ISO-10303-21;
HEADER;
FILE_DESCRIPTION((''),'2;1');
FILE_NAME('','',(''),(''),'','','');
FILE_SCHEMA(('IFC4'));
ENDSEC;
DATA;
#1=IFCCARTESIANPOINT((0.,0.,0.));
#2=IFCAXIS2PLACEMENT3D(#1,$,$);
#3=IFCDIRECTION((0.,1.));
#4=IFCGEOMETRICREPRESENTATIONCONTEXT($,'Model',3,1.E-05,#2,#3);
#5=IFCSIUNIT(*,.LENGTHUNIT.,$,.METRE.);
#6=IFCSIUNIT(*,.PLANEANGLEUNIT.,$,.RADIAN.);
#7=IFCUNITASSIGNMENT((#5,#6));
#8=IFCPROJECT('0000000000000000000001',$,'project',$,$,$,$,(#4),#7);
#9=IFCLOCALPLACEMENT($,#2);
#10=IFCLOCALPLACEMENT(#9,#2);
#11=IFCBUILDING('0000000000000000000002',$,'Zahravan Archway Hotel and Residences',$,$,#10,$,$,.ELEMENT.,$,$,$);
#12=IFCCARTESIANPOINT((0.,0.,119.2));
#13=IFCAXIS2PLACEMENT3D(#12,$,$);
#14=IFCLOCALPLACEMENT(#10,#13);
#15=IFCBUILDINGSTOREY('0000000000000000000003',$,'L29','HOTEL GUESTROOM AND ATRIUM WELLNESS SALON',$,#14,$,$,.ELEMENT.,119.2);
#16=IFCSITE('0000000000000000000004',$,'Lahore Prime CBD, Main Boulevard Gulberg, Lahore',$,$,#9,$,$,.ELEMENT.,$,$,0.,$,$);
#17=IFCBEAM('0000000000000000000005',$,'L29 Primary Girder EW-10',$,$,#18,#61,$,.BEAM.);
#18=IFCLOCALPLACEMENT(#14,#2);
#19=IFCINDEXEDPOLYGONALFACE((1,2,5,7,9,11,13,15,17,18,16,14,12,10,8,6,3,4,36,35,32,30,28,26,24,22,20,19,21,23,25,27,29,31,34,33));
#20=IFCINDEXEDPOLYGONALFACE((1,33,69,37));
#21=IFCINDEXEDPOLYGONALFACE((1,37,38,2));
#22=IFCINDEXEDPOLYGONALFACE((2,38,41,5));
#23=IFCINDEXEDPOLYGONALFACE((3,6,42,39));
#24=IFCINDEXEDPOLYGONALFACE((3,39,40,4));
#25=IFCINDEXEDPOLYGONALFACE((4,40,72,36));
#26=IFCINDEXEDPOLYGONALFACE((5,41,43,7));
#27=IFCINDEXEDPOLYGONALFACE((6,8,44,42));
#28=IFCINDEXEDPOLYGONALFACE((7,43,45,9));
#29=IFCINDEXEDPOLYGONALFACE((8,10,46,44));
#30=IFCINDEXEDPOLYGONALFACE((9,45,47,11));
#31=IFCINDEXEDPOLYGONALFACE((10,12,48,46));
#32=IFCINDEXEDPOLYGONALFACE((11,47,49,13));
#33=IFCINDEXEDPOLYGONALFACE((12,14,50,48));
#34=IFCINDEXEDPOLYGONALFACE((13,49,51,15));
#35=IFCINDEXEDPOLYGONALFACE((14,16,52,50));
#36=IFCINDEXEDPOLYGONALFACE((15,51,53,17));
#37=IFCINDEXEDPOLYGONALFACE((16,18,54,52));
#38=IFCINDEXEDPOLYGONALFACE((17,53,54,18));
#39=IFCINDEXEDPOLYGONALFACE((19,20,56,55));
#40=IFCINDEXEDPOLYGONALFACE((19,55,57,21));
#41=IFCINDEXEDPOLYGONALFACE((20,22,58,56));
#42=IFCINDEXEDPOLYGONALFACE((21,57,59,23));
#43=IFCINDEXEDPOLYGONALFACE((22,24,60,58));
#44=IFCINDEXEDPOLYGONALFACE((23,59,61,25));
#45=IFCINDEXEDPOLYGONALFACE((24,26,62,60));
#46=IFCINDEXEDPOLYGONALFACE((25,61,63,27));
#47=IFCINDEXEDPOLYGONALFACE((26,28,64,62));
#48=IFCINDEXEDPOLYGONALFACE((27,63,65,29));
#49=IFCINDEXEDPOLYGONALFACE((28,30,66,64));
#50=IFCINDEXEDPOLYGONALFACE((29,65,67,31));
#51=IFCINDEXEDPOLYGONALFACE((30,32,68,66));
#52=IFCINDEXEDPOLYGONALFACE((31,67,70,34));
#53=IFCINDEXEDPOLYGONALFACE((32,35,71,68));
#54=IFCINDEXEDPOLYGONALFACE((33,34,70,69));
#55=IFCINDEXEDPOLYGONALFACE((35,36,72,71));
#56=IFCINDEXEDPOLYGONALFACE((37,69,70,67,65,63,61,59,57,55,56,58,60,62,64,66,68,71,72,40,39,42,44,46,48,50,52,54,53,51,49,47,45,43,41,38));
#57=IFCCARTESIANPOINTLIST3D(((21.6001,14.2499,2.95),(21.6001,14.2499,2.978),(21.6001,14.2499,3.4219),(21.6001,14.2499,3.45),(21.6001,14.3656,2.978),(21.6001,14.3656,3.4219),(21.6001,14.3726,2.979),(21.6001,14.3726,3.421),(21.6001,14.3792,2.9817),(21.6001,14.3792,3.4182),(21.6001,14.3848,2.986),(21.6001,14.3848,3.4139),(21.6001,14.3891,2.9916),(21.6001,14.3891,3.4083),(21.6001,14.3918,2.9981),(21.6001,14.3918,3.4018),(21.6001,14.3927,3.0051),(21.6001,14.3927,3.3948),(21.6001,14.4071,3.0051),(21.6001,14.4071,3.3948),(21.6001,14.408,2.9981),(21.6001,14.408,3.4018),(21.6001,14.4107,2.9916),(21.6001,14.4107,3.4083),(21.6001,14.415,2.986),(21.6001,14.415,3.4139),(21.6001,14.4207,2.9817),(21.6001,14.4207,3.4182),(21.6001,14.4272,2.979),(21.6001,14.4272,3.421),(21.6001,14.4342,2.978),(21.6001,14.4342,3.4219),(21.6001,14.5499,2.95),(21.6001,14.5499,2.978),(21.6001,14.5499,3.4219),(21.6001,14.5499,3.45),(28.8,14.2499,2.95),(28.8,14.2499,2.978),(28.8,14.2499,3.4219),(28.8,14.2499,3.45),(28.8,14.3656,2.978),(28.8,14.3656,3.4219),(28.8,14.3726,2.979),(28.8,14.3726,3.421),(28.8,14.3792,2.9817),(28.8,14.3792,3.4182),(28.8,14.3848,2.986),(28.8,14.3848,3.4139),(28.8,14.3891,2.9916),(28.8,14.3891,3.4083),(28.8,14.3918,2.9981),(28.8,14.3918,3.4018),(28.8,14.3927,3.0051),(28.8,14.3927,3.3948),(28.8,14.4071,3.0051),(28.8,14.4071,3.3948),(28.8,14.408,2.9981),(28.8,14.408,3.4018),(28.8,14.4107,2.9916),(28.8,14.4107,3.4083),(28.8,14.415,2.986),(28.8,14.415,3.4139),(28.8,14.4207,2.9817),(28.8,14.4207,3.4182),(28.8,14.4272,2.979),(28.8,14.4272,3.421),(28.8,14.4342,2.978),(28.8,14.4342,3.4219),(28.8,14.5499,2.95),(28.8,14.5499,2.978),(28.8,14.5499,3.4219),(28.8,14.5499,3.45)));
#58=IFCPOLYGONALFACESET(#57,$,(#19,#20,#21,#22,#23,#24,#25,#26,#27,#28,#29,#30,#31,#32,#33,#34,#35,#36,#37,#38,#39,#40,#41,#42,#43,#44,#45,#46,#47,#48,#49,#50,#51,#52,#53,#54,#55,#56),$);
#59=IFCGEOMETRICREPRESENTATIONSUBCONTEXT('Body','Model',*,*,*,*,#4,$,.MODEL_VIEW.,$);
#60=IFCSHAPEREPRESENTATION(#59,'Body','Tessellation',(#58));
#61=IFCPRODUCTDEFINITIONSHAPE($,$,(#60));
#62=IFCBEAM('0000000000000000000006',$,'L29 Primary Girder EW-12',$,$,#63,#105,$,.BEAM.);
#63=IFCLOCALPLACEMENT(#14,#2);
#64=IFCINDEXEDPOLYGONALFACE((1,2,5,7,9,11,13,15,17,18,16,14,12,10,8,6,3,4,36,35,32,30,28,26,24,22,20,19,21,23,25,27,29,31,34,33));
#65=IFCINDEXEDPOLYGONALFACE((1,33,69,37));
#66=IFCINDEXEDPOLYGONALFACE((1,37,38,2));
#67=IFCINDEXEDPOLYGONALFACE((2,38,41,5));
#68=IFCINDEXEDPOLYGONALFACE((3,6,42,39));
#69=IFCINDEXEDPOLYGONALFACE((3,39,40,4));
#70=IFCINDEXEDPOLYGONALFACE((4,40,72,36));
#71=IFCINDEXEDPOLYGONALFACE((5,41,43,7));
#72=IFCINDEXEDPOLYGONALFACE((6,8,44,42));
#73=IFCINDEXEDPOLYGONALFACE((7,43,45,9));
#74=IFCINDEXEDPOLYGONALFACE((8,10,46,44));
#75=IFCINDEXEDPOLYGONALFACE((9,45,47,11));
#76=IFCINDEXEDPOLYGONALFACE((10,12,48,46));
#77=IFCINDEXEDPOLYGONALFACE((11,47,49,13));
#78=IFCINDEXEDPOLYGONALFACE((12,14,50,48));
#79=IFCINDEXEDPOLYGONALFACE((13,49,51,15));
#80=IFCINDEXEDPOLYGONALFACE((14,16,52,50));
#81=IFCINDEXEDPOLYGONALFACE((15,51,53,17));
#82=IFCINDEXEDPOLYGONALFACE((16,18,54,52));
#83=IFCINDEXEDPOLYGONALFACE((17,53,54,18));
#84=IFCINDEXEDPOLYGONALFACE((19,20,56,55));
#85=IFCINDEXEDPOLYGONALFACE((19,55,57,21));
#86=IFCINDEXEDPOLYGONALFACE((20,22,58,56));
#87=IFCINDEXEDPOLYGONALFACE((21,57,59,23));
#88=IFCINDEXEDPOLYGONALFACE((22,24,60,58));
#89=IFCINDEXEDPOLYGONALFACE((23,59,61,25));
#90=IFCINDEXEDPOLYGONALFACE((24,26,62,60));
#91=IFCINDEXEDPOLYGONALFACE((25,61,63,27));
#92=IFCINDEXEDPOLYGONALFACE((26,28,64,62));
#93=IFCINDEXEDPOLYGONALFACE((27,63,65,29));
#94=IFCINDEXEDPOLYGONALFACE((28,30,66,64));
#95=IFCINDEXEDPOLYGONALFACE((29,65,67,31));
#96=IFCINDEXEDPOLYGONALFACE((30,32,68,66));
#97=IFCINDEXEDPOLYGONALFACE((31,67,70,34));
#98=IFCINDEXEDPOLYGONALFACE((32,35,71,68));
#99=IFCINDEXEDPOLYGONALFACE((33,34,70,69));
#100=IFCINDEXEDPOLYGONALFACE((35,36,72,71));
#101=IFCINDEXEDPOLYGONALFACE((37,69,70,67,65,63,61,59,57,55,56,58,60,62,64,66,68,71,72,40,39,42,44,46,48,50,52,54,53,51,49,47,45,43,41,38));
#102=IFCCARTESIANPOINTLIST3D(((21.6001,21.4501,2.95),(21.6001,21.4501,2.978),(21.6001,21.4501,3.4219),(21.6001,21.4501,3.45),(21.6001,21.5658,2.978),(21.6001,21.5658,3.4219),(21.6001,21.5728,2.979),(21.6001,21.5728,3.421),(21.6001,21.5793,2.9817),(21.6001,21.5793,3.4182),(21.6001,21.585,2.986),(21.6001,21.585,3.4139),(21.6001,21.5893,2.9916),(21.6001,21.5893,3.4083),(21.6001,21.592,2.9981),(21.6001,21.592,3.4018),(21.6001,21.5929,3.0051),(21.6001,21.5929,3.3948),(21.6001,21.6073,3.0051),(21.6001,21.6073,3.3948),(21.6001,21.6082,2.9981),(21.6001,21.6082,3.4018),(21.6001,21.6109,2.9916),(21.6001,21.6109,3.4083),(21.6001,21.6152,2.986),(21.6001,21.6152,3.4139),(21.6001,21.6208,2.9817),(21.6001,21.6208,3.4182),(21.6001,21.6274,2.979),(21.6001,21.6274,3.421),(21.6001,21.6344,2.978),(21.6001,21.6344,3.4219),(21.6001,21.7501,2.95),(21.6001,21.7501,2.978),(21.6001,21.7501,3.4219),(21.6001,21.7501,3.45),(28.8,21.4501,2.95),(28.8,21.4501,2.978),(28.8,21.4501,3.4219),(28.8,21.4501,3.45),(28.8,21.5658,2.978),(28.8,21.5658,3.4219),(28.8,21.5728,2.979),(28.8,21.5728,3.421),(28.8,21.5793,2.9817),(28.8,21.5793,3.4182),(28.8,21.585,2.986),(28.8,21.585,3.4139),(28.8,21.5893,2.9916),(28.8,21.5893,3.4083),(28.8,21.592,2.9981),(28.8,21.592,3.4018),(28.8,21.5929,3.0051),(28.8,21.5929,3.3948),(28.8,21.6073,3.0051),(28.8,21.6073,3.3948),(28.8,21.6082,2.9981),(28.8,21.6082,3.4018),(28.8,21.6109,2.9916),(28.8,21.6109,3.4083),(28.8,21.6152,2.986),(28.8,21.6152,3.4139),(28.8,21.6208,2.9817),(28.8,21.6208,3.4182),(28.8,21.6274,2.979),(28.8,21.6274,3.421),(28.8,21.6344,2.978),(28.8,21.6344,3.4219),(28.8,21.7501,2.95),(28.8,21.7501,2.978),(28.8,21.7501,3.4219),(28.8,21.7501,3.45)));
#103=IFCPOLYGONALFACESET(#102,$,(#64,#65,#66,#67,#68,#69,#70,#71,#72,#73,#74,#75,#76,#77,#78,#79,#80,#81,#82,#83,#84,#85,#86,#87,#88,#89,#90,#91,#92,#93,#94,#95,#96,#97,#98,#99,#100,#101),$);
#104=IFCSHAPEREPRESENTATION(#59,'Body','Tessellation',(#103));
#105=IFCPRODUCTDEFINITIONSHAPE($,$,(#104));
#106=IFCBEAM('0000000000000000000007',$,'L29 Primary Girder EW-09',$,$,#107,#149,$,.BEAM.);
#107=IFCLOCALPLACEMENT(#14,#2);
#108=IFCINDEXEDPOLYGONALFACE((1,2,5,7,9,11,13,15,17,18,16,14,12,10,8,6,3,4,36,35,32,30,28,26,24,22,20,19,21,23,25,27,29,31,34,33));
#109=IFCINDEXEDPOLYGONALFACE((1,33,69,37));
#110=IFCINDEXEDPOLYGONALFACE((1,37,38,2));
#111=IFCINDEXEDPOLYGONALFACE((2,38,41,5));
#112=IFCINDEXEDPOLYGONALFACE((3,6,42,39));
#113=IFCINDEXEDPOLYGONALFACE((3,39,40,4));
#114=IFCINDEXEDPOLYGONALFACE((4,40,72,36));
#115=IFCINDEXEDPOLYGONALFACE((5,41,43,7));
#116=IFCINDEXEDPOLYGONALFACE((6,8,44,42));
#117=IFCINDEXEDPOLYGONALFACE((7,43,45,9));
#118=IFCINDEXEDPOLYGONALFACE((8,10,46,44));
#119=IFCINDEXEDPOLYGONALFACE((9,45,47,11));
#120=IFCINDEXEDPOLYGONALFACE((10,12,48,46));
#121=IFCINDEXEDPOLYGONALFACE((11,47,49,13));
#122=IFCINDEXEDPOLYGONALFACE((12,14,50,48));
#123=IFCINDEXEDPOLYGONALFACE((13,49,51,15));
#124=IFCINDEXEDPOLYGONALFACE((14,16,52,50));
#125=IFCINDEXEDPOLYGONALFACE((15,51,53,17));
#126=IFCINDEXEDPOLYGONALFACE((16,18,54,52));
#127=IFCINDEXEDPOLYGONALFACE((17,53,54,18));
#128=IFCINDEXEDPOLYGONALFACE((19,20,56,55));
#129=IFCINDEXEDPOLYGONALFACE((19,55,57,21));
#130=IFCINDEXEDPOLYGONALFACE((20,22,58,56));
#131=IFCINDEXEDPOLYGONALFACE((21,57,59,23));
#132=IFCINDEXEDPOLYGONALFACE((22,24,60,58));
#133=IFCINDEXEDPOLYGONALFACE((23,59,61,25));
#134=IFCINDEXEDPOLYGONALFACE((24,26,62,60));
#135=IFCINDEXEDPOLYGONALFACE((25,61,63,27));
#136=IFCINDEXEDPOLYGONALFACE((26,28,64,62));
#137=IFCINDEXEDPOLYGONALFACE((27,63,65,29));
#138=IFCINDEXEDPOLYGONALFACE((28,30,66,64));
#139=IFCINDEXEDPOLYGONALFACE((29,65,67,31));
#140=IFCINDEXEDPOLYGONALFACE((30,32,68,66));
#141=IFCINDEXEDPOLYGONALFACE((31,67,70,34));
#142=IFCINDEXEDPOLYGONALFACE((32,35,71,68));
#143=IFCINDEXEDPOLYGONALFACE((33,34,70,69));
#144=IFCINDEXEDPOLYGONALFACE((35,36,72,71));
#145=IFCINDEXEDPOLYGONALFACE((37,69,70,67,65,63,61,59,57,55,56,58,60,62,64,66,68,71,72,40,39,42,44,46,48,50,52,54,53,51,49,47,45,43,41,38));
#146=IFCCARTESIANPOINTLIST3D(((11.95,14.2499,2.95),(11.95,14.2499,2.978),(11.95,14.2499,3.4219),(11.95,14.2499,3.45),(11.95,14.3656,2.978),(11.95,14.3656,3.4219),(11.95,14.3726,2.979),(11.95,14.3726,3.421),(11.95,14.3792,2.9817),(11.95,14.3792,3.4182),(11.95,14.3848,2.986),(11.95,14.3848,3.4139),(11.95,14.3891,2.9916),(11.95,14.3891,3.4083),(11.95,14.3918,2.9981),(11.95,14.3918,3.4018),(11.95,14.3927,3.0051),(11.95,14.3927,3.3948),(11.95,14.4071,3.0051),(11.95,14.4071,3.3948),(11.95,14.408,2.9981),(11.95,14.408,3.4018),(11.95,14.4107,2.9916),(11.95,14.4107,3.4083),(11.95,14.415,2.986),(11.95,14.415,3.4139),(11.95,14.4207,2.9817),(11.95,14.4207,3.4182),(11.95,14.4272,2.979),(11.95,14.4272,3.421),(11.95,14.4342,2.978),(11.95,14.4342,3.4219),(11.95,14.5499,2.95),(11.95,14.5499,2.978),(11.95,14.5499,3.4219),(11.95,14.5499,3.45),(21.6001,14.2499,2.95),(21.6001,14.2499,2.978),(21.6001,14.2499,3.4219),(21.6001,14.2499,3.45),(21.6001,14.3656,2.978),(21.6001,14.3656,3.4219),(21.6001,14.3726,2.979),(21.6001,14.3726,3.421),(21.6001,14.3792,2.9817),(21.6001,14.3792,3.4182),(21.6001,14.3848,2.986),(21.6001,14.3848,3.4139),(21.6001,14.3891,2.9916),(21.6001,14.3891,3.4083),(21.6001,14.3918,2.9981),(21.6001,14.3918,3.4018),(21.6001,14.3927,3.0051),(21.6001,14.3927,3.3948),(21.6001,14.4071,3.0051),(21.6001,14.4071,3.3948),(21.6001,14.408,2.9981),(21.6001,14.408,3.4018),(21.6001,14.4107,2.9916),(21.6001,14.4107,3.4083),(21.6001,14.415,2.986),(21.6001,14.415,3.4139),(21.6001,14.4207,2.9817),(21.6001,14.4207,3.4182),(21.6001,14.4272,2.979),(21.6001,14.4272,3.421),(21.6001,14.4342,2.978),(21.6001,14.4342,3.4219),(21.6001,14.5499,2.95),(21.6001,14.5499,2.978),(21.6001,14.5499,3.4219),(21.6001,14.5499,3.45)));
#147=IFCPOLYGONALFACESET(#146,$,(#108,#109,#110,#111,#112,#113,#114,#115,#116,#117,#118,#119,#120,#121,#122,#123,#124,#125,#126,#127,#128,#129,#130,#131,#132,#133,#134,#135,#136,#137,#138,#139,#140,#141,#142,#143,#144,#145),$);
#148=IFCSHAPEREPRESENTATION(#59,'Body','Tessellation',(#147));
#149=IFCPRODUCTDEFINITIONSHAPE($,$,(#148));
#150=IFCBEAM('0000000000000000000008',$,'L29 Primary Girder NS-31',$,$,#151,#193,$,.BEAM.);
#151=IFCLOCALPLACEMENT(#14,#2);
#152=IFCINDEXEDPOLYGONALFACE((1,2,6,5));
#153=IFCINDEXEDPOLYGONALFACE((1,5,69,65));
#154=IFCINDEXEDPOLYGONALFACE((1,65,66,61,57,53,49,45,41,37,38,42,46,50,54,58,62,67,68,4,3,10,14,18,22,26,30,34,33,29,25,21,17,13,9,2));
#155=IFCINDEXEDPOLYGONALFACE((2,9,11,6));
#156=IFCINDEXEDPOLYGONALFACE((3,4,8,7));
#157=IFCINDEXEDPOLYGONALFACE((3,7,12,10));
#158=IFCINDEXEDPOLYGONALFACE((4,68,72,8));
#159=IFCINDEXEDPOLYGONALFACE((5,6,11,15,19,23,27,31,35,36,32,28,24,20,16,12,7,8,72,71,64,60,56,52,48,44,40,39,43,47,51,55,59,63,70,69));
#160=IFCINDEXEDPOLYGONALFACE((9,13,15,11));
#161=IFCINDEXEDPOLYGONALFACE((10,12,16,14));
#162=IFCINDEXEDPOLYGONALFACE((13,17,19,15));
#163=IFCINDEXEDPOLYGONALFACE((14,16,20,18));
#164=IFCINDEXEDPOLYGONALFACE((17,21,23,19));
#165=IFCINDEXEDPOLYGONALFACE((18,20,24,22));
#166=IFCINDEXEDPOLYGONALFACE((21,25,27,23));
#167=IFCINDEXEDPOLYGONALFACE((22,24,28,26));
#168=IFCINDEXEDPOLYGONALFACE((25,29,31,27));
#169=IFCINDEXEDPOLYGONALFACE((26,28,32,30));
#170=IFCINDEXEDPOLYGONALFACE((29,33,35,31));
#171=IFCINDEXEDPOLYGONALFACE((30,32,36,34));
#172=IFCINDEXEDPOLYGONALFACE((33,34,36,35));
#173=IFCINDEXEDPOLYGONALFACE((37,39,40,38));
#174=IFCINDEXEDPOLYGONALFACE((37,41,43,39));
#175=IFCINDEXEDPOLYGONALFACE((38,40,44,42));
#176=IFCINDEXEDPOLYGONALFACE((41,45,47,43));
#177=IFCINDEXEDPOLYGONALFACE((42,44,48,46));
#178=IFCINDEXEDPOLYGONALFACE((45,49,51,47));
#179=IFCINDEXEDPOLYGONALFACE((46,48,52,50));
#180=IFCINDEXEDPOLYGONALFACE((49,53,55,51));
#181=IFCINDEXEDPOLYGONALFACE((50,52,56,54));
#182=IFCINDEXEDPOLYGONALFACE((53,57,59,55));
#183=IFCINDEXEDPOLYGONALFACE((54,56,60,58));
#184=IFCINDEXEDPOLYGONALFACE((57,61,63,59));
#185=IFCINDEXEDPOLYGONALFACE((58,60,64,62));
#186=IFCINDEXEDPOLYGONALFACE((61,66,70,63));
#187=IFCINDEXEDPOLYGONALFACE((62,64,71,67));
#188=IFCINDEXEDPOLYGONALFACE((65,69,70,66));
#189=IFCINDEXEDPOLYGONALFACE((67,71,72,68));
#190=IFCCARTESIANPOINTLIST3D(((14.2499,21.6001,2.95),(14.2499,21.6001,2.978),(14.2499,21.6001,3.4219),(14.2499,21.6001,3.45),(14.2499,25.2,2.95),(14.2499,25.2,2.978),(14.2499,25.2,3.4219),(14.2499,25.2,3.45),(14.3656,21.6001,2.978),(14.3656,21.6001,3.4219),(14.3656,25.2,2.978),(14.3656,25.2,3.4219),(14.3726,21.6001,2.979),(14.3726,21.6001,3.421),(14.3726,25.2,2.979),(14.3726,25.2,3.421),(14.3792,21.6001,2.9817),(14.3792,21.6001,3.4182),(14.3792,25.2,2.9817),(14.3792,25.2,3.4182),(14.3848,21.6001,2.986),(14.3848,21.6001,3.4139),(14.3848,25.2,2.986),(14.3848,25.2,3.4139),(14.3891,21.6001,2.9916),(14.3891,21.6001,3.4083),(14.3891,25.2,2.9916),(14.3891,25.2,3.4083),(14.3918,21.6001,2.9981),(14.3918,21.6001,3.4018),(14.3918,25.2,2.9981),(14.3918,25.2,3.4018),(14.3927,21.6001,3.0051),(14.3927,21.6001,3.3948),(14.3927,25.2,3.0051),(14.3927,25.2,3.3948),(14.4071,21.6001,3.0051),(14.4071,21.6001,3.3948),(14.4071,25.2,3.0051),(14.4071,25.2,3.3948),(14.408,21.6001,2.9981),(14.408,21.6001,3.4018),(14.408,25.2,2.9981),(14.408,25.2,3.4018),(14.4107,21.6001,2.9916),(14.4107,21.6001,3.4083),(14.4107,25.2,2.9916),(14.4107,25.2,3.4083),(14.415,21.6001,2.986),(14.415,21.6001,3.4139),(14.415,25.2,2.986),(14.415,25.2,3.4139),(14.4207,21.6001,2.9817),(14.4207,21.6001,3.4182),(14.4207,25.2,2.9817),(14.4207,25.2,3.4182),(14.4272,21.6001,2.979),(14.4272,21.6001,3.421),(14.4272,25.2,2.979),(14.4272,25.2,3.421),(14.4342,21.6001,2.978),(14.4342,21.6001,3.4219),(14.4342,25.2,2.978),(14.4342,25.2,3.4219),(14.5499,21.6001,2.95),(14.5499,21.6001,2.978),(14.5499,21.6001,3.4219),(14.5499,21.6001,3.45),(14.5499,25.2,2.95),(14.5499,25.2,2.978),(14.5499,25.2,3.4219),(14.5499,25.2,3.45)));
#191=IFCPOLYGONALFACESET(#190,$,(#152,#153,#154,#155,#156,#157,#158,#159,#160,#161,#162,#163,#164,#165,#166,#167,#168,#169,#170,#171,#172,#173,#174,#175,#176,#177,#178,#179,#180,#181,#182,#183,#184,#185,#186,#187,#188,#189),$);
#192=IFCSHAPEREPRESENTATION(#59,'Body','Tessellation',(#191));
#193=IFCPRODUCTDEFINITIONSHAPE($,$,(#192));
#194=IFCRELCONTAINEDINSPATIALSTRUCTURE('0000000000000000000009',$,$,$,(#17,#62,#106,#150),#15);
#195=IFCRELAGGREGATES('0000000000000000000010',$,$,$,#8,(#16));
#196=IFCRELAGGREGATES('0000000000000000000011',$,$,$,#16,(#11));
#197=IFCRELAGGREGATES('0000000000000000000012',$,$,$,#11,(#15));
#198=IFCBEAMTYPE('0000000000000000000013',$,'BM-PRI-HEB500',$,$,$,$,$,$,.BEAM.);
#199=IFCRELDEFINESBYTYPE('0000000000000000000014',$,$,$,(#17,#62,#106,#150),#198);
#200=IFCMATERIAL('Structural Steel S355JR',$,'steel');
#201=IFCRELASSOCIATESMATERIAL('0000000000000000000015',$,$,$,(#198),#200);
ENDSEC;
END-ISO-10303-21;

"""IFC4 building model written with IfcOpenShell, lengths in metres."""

from ifc_helpers import new_model, si_unit, direction, frame, origin, origin_2d, place, context, subcontext, project, spatial, i_section, extrude, source, transform, mapped, material, material_profile, profile_set, type_object, element, save


model = new_model("IFC4")

# Units and contexts
model_context = context("Model", 3, precision=1e-05, world=origin(), true_north=direction((0.0, 1.0)))
body_context = subcontext(model_context, "Body", "Model", "MODEL_VIEW")
ifc_project = project(units=[si_unit("LENGTHUNIT", "METRE"), si_unit("PLANEANGLEUNIT", "RADIAN")], contexts=[model_context])

# Site, building, storey
site_placement = place(None, origin())
site = spatial("IfcSite", under=ifc_project, at=site_placement, Name="Lahore Prime CBD, Main Boulevard Gulberg, Lahore", CompositionType="ELEMENT", RefElevation=0.0)
building_placement = place(site_placement, origin())
building = spatial("IfcBuilding", under=site, at=building_placement, Name="Zahravan Archway Hotel and Residences", CompositionType="ELEMENT")
storey_placement = place(building_placement, frame((0.0, 0.0, 119.2)))
storey = spatial("IfcBuildingStorey", under=building, at=storey_placement, Name="L29", Description="HOTEL GUESTROOM AND ATRIUM WELLNESS SALON", CompositionType="ELEMENT", Elevation=119.2)

# Beams
ifc_material_1 = material(Name="Structural Steel S355JR", Category="steel")
ifc_material_profile_1 = material_profile(ifc_material_1, i_section(OverallWidth=0.3, OverallDepth=0.5, WebThickness=0.0144, FlangeThickness=0.0281, FilletRadius=0.0271, at=origin_2d()), Name="HEB 500", Category="steel")
ifc_profile_set_1 = profile_set([ifc_material_profile_1], Name="Structural Steel S355JR")
beam_type_1 = type_object("IfcBeamType", Name="BM-PRI-HEB500", PredefinedType="BEAM", material=ifc_profile_set_1)
shared_shape_1 = source(origin(), body_context, "Body", "SweptSolid", [
    extrude(i_section(OverallWidth=0.3, OverallDepth=0.5, WebThickness=0.0144, FlangeThickness=0.0281, FilletRadius=0.0271, at=origin_2d()), origin(), (0.0, 0.0, 1.0), 7.2),
])
for number, where, z_axis, x_axis, name in (
    (1, (21.6001, 14.3999, 3.2), (1.0, 0.0, 0.0), (0.0, 1.0, 0.0), "L29 Primary Girder EW-10"),
    (2, (21.6001, 21.6001, 3.2), (1.0, 0.0, 0.0), (0.0, 1.0, 0.0), "L29 Primary Girder EW-12"),
):
    element("IfcBeam", number, at=place(storey_placement, frame(where, z_axis=z_axis, x_axis=x_axis)), inside=storey, type_object=beam_type_1, Name=name, PredefinedType="BEAM", context=body_context, shape_type="MappedRepresentation", body=[
        mapped(shared_shape_1, transform((0.0, 0.0, 0.0), scale=1.0)),
    ])
shared_shape_2 = source(origin(), body_context, "Body", "SweptSolid", [
    extrude(i_section(OverallWidth=0.3, OverallDepth=0.5, WebThickness=0.0144, FlangeThickness=0.0281, FilletRadius=0.0271, at=origin_2d()), origin(), (0.0, 0.0, 1.0), 9.6501),
])
beam_1_placement = place(storey_placement, frame((11.95, 14.3999, 3.2), z_axis=(1.0, 0.0, 0.0), x_axis=(0.0, 1.0, 0.0)))
element("IfcBeam", 3, at=beam_1_placement, inside=storey, type_object=beam_type_1, Name="L29 Primary Girder EW-09", PredefinedType="BEAM", context=body_context, shape_type="MappedRepresentation", body=[
    mapped(shared_shape_2, transform((0.0, 0.0, 0.0), scale=1.0)),
])
shared_shape_3 = source(origin(), body_context, "Body", "SweptSolid", [
    extrude(i_section(OverallWidth=0.3, OverallDepth=0.5, WebThickness=0.0144, FlangeThickness=0.0281, FilletRadius=0.0271, at=origin_2d()), origin(), (0.0, 0.0, 1.0), 3.5999),
])
beam_2_placement = place(storey_placement, frame((14.3999, 21.6001, 3.2), z_axis=(0.0, 1.0, 0.0), x_axis=(-1.0, 0.0, 0.0)))
element("IfcBeam", 4, at=beam_2_placement, inside=storey, type_object=beam_type_1, Name="L29 Primary Girder NS-31", PredefinedType="BEAM", context=body_context, shape_type="MappedRepresentation", body=[
    mapped(shared_shape_3, transform((0.0, 0.0, 0.0), scale=1.0)),
])

save(model, "model.ifc")
